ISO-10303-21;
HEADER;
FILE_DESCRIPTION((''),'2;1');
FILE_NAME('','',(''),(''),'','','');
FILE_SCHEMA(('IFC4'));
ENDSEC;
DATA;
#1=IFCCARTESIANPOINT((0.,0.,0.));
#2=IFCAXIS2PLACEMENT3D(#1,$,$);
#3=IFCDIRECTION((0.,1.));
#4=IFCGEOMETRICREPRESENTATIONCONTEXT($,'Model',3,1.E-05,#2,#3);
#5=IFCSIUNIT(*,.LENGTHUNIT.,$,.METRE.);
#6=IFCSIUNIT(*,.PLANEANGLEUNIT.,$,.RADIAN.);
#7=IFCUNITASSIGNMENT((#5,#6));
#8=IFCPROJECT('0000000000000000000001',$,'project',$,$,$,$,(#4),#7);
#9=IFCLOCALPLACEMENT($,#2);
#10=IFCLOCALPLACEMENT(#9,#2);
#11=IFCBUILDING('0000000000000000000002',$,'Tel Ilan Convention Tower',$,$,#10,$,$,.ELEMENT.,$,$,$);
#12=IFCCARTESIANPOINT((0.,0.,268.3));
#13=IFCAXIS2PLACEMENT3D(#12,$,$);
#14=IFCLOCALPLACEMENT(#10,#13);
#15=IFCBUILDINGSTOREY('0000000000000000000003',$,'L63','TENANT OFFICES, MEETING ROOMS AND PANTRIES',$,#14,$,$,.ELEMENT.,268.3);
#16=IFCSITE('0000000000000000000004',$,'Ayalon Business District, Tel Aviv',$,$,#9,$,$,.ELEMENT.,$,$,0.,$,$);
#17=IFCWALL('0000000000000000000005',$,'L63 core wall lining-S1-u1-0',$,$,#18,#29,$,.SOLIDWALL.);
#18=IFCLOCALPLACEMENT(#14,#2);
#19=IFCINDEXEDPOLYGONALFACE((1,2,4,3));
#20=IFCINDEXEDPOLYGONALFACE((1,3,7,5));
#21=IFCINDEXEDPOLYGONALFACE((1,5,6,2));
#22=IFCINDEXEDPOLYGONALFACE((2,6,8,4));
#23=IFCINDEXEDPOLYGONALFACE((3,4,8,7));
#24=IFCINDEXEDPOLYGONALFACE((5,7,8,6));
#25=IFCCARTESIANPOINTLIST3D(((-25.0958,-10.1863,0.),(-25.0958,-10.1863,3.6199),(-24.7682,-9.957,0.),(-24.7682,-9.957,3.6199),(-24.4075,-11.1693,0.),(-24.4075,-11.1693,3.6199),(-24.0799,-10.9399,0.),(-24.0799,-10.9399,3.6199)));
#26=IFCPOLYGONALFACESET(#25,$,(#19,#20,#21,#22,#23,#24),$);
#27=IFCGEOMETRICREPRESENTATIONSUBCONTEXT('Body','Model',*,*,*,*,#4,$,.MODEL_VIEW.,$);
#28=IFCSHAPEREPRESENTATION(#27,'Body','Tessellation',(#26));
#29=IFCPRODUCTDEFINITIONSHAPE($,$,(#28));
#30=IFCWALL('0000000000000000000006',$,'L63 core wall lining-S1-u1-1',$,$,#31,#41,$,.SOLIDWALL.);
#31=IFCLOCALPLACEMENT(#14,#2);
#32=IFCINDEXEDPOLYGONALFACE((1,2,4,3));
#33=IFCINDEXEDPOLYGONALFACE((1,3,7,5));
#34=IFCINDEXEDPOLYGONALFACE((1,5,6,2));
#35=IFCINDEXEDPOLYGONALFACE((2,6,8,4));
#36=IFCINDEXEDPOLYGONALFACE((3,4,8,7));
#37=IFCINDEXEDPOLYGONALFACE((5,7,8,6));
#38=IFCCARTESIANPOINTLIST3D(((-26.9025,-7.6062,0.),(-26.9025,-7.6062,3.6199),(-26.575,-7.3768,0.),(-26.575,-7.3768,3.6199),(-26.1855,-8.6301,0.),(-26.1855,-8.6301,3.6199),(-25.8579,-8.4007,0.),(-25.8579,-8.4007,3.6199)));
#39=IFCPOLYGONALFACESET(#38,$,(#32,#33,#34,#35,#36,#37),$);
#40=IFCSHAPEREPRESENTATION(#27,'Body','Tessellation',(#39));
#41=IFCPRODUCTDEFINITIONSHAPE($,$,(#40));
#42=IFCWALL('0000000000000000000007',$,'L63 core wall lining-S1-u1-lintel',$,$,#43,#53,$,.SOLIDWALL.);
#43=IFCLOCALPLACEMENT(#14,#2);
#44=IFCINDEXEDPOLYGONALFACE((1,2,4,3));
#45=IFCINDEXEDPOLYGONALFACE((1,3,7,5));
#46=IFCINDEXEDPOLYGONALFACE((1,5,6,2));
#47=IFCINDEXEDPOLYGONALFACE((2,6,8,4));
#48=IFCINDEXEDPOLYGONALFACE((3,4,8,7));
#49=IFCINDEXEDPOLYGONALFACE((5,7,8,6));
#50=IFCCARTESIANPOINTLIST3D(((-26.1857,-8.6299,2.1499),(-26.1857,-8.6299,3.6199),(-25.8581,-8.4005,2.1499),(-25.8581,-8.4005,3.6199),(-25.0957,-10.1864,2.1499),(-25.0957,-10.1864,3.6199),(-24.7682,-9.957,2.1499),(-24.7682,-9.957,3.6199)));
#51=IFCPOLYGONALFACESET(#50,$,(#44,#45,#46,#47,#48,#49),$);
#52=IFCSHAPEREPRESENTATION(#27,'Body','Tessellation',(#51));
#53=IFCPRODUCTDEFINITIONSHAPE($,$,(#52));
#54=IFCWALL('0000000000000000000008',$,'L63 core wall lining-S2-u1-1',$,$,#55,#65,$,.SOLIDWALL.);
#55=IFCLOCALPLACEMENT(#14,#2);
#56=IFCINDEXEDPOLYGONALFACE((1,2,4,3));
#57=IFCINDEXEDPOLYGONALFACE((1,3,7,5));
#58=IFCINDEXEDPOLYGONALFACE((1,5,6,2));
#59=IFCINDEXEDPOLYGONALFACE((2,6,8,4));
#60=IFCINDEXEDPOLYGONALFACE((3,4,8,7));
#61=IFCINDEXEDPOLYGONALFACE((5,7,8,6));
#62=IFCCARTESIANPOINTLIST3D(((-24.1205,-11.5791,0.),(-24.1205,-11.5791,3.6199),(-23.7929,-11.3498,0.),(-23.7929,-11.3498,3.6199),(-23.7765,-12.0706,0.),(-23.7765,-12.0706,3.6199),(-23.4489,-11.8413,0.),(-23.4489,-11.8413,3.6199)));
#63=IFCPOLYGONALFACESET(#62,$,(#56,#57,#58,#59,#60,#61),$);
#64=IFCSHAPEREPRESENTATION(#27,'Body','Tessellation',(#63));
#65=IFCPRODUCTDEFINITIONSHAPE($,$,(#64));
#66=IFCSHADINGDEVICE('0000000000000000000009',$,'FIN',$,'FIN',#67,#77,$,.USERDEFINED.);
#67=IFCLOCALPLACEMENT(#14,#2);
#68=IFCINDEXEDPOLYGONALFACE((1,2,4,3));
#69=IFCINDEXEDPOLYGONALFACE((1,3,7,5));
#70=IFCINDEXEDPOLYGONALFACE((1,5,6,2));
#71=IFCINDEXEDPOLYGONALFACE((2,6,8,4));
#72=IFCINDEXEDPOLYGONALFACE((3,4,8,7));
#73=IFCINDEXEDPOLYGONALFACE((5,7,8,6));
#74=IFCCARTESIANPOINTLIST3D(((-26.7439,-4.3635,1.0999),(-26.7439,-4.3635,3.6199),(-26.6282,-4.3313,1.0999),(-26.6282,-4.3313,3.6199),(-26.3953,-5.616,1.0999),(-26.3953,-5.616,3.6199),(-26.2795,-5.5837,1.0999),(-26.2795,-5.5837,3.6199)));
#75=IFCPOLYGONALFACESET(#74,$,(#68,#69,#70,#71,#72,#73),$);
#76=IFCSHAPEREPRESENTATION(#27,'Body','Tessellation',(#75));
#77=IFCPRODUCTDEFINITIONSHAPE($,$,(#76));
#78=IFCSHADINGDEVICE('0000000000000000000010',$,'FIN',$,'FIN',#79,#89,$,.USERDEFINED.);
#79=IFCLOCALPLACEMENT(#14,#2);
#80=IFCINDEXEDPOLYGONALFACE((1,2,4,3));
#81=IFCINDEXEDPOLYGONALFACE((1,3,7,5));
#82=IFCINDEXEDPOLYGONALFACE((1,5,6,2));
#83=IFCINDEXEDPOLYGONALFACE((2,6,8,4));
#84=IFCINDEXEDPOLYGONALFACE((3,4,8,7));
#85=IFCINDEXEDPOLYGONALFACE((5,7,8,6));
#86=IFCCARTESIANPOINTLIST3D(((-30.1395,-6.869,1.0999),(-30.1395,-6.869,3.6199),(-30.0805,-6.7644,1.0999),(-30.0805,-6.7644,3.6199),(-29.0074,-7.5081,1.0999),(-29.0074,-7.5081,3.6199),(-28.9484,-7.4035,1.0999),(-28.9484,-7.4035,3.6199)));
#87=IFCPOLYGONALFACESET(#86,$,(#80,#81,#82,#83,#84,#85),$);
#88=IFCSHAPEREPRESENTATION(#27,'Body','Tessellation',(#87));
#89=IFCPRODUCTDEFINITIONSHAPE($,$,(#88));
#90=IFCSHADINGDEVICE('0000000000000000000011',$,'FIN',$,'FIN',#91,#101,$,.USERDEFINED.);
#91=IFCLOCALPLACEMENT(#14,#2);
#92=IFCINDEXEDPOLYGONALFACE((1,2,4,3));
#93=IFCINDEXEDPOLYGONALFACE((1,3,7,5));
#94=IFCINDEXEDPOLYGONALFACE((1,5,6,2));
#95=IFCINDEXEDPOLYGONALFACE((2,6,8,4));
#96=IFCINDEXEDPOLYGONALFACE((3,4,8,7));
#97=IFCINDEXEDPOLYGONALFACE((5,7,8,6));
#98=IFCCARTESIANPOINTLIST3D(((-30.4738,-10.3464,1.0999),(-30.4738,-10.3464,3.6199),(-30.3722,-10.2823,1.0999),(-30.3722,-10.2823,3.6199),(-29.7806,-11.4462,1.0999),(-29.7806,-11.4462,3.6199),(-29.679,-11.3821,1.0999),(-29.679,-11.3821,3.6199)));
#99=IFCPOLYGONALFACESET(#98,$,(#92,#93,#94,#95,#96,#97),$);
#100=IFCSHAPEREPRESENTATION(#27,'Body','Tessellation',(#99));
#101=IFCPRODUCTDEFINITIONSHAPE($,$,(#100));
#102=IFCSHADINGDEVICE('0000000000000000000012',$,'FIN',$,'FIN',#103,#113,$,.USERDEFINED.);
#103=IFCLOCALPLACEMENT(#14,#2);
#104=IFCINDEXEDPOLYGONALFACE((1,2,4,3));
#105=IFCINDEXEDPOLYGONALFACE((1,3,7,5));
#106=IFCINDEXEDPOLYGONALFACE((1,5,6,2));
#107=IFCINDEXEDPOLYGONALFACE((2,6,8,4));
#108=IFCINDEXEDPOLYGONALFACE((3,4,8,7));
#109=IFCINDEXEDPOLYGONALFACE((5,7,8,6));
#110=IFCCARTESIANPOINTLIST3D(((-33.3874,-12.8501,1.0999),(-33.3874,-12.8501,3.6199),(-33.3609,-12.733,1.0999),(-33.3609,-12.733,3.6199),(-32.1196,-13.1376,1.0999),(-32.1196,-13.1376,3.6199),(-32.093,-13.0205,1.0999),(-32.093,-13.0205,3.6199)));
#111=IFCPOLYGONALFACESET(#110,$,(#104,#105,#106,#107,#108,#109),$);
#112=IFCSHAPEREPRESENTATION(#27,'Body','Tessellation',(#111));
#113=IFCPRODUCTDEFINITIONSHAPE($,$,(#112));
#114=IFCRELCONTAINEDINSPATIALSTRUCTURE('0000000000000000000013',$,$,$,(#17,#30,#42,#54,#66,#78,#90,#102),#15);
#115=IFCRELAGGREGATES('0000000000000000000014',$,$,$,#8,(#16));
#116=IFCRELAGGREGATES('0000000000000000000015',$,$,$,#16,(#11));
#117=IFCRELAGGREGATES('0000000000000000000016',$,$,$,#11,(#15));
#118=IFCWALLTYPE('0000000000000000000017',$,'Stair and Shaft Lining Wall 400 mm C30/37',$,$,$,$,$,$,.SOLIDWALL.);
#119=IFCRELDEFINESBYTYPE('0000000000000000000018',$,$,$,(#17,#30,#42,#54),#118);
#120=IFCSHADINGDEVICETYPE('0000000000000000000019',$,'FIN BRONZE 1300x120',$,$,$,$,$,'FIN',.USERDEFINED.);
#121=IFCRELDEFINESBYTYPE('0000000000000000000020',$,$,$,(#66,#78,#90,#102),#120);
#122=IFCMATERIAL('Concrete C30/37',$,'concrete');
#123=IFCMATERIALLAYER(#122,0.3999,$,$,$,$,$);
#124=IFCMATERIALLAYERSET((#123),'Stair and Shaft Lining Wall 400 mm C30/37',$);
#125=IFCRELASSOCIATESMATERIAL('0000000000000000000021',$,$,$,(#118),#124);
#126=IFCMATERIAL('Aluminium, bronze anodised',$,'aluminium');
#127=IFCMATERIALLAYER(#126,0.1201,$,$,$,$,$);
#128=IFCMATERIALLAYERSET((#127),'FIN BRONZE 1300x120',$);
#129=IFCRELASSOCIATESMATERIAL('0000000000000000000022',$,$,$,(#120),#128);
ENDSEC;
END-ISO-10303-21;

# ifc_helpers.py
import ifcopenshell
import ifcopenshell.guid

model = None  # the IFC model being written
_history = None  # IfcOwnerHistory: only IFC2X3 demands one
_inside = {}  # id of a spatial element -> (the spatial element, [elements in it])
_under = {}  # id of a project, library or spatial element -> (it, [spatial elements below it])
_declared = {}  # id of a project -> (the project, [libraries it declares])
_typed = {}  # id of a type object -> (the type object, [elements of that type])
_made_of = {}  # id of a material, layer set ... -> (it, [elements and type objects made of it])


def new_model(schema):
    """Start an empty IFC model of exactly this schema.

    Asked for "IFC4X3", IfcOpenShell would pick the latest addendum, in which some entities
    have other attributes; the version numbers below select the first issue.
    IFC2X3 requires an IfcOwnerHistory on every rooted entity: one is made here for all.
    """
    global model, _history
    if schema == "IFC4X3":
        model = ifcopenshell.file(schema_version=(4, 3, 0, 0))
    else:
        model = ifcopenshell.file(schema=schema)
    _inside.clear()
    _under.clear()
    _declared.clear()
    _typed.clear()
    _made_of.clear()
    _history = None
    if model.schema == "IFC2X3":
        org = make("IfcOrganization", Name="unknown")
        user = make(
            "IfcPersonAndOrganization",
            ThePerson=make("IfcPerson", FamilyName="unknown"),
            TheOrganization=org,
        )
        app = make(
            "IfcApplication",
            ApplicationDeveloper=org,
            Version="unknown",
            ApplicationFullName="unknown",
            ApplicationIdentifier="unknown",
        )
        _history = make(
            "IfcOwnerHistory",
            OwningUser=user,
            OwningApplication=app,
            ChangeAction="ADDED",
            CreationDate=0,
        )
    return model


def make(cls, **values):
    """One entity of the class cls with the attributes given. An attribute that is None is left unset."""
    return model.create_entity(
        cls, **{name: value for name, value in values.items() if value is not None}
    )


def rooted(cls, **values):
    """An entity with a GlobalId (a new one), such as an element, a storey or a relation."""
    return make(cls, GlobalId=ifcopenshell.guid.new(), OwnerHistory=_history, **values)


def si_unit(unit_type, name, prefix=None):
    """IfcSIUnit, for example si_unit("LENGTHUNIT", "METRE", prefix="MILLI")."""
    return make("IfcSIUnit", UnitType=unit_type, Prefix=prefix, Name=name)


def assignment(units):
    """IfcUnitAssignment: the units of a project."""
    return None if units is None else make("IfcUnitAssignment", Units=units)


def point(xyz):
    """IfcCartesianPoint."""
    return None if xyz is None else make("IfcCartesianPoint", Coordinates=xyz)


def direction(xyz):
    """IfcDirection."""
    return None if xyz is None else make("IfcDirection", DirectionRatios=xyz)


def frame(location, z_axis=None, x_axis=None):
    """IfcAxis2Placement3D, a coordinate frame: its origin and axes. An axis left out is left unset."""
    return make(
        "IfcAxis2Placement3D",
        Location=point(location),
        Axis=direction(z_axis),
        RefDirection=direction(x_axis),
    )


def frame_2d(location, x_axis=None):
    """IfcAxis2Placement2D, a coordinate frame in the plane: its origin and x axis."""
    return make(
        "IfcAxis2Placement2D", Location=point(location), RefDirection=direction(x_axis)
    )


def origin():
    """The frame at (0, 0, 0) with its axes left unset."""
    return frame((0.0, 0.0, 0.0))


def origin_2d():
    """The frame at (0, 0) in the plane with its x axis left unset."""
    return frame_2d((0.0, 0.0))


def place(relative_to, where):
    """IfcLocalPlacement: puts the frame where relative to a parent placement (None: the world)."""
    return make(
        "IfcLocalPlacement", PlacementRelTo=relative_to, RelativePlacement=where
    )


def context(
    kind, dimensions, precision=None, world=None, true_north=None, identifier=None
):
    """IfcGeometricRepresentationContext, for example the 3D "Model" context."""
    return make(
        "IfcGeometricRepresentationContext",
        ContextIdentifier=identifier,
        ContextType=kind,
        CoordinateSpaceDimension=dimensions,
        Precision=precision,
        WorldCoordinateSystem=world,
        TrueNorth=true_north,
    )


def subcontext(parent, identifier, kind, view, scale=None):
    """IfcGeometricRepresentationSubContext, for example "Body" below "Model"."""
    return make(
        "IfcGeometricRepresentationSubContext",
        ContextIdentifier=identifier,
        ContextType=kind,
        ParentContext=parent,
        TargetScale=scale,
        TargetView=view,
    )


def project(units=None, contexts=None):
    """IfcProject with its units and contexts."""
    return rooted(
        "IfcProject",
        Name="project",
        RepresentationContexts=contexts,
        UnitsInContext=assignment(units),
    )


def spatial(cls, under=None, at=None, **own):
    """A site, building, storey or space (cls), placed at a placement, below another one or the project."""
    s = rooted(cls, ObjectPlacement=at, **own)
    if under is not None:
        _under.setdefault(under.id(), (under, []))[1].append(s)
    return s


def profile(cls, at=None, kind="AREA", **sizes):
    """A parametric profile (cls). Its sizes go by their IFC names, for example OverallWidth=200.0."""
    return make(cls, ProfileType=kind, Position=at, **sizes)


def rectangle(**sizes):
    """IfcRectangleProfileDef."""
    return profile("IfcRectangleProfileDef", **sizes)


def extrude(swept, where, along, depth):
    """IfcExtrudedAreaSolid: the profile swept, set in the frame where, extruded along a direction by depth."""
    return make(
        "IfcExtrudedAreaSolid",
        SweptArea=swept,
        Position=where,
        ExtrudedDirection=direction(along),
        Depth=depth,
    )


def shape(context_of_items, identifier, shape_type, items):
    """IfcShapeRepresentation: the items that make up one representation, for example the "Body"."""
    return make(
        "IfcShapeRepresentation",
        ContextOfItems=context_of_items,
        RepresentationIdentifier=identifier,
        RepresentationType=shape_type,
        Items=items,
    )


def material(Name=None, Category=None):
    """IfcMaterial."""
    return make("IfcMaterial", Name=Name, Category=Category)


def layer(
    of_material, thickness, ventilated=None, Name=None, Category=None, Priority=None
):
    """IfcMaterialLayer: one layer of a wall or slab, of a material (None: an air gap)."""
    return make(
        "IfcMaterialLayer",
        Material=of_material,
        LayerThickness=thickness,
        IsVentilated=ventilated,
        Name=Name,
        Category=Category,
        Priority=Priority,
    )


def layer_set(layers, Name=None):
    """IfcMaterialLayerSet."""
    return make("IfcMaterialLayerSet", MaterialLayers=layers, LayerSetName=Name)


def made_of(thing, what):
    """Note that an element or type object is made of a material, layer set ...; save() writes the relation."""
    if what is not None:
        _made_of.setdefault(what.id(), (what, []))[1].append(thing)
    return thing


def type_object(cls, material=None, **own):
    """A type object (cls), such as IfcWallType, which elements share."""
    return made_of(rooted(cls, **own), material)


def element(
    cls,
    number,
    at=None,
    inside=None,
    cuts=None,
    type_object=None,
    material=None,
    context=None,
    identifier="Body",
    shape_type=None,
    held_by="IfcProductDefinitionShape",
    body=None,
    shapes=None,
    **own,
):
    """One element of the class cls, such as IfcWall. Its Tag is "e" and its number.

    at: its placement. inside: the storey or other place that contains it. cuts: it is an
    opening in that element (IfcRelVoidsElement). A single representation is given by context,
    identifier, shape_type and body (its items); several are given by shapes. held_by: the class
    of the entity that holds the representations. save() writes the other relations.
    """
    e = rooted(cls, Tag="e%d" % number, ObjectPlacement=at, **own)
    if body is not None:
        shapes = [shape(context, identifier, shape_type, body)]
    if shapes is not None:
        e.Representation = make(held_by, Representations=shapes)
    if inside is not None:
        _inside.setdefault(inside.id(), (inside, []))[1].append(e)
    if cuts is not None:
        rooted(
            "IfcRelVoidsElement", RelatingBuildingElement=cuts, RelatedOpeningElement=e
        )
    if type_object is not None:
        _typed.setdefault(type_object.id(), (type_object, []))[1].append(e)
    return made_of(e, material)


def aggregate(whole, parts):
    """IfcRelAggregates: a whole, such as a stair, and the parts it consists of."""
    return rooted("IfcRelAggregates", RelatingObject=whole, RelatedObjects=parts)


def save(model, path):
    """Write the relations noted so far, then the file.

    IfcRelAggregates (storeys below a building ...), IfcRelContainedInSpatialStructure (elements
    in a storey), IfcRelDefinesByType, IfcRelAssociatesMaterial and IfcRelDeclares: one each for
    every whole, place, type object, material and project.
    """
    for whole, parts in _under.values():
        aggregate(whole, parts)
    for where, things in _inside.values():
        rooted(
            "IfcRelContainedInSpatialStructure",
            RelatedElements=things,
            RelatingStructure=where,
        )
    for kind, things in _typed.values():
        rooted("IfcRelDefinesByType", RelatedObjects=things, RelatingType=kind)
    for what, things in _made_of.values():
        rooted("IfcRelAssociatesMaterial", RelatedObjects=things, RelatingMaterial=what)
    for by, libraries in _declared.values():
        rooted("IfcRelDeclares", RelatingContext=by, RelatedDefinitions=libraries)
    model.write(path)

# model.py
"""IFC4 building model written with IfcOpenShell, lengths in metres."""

from ifc_helpers import new_model, si_unit, direction, frame, frame_2d, origin, origin_2d, place, context, subcontext, project, spatial, rectangle, extrude, material, layer, layer_set, type_object, element, save


model = new_model("IFC4")

# Units and contexts
model_context = context("Model", 3, precision=1e-05, world=origin(), true_north=direction((0.0, 1.0)))
body_context = subcontext(model_context, "Body", "Model", "MODEL_VIEW")
ifc_project = project(units=[si_unit("LENGTHUNIT", "METRE"), si_unit("PLANEANGLEUNIT", "RADIAN")], contexts=[model_context])

# Site, building, storey
site_placement = place(None, origin())
site = spatial("IfcSite", under=ifc_project, at=site_placement, Name="Ayalon Business District, Tel Aviv", CompositionType="ELEMENT", RefElevation=0.0)
building_placement = place(site_placement, origin())
building = spatial("IfcBuilding", under=site, at=building_placement, Name="Tel Ilan Convention Tower", CompositionType="ELEMENT")
storey_placement = place(building_placement, frame((0.0, 0.0, 268.3)))
storey = spatial("IfcBuildingStorey", under=building, at=storey_placement, Name="L63", Description="TENANT OFFICES, MEETING ROOMS AND PANTRIES", CompositionType="ELEMENT", Elevation=268.3)

# Walls
ifc_material_1 = material(Name="Concrete C30/37", Category="concrete")
ifc_layer_1 = layer(ifc_material_1, 0.3999)
ifc_layer_set_1 = layer_set([ifc_layer_1], Name="Stair and Shaft Lining Wall 400 mm C30/37")
wall_type_1 = type_object("IfcWallType", Name="Stair and Shaft Lining Wall 400 mm C30/37", PredefinedType="SOLIDWALL", material=ifc_layer_set_1)
wall_1_placement = place(storey_placement, frame((-24.2437, -11.0547, 0.0), z_axis=(0.0, 0.0, 1.0), x_axis=(-0.573572, 0.819155, 0.0)))
element("IfcWall", 1, at=wall_1_placement, inside=storey, type_object=wall_type_1, Name="L63 core wall lining-S1-u1-0", PredefinedType="SOLIDWALL", context=body_context, shape_type="SweptSolid", body=[
    extrude(rectangle(XDim=1.2, YDim=0.3999, at=frame_2d((0.6001, 0.0))), origin(), (0.0, 0.0, 1.0), 3.6199),
])
wall_2_placement = place(storey_placement, frame((-26.0217, -8.5154, 0.0), z_axis=(0.0, 0.0, 1.0), x_axis=(-0.57362, 0.819122, 0.0)))
element("IfcWall", 2, at=wall_2_placement, inside=storey, type_object=wall_type_1, Name="L63 core wall lining-S1-u1-1", PredefinedType="SOLIDWALL", context=body_context, shape_type="SweptSolid", body=[
    extrude(rectangle(XDim=1.25, YDim=0.3999, at=frame_2d((0.625, 0.0))), origin(), (0.0, 0.0, 1.0), 3.6199),
])
wall_3_placement = place(storey_placement, frame((-24.9319, -10.0718, 2.1499), z_axis=(0.0, 0.0, 1.0), x_axis=(-0.573592, 0.819141, 0.0)))
element("IfcWall", 3, at=wall_3_placement, inside=storey, type_object=wall_type_1, Name="L63 core wall lining-S1-u1-lintel", PredefinedType="SOLIDWALL", context=body_context, shape_type="SweptSolid", body=[
    extrude(rectangle(XDim=1.9001, YDim=0.3999, at=frame_2d((0.9502, 0.0))), origin(), (0.0, 0.0, 1.0), 1.47),
])
wall_4_placement = place(storey_placement, frame((-23.6128, -11.9558, 0.0), z_axis=(0.0, 0.0, 1.0), x_axis=(-0.573435, 0.819251, 0.0)))
element("IfcWall", 4, at=wall_4_placement, inside=storey, type_object=wall_type_1, Name="L63 core wall lining-S2-u1-1", PredefinedType="SOLIDWALL", context=body_context, shape_type="SweptSolid", body=[
    extrude(rectangle(XDim=0.5999, YDim=0.3999, at=frame_2d((0.2998, 0.0))), origin(), (0.0, 0.0, 1.0), 3.6199),
])

# Shading devices
ifc_material_2 = material(Name="Aluminium, bronze anodised", Category="aluminium")
ifc_layer_2 = layer(ifc_material_2, 0.1201)
ifc_layer_set_2 = layer_set([ifc_layer_2], Name="FIN BRONZE 1300x120")
shading_device_type = type_object("IfcShadingDeviceType", Name="FIN BRONZE 1300x120", ElementType="FIN", PredefinedType="USERDEFINED", material=ifc_layer_set_2)
for number, where, z_axis, x_axis, name in (
    (5, (-26.5117, -4.9736, 1.0999), (0.0, 0.0, 1.0), (-0.268173, 0.963371, 0.0), "FIN"),
    (6, (-29.5439, -7.1362, 1.0999), (0.0, 0.0, 1.0), (-0.870833, 0.491579, 0.0), "FIN"),
    (7, (-30.0764, -10.8643, 1.0999), (0.0, 0.0, 1.0), (-0.533204, 0.845986, 0.0), "FIN"),
    (8, (-32.7402, -12.9353, 1.0999), (0.0, 0.0, 1.0), (-0.975235, 0.22117, 0.0), "FIN"),
):
    element("IfcShadingDevice", number, at=place(storey_placement, frame(where, z_axis=z_axis, x_axis=x_axis)), inside=storey, type_object=shading_device_type, Name=name, ObjectType="FIN", PredefinedType="USERDEFINED", context=body_context, shape_type="SweptSolid", body=[
        extrude(rectangle(XDim=1.3, YDim=0.1201, at=origin_2d()), origin(), (0.0, 0.0, 1.0), 2.52),
    ])

save(model, "model.ifc")
